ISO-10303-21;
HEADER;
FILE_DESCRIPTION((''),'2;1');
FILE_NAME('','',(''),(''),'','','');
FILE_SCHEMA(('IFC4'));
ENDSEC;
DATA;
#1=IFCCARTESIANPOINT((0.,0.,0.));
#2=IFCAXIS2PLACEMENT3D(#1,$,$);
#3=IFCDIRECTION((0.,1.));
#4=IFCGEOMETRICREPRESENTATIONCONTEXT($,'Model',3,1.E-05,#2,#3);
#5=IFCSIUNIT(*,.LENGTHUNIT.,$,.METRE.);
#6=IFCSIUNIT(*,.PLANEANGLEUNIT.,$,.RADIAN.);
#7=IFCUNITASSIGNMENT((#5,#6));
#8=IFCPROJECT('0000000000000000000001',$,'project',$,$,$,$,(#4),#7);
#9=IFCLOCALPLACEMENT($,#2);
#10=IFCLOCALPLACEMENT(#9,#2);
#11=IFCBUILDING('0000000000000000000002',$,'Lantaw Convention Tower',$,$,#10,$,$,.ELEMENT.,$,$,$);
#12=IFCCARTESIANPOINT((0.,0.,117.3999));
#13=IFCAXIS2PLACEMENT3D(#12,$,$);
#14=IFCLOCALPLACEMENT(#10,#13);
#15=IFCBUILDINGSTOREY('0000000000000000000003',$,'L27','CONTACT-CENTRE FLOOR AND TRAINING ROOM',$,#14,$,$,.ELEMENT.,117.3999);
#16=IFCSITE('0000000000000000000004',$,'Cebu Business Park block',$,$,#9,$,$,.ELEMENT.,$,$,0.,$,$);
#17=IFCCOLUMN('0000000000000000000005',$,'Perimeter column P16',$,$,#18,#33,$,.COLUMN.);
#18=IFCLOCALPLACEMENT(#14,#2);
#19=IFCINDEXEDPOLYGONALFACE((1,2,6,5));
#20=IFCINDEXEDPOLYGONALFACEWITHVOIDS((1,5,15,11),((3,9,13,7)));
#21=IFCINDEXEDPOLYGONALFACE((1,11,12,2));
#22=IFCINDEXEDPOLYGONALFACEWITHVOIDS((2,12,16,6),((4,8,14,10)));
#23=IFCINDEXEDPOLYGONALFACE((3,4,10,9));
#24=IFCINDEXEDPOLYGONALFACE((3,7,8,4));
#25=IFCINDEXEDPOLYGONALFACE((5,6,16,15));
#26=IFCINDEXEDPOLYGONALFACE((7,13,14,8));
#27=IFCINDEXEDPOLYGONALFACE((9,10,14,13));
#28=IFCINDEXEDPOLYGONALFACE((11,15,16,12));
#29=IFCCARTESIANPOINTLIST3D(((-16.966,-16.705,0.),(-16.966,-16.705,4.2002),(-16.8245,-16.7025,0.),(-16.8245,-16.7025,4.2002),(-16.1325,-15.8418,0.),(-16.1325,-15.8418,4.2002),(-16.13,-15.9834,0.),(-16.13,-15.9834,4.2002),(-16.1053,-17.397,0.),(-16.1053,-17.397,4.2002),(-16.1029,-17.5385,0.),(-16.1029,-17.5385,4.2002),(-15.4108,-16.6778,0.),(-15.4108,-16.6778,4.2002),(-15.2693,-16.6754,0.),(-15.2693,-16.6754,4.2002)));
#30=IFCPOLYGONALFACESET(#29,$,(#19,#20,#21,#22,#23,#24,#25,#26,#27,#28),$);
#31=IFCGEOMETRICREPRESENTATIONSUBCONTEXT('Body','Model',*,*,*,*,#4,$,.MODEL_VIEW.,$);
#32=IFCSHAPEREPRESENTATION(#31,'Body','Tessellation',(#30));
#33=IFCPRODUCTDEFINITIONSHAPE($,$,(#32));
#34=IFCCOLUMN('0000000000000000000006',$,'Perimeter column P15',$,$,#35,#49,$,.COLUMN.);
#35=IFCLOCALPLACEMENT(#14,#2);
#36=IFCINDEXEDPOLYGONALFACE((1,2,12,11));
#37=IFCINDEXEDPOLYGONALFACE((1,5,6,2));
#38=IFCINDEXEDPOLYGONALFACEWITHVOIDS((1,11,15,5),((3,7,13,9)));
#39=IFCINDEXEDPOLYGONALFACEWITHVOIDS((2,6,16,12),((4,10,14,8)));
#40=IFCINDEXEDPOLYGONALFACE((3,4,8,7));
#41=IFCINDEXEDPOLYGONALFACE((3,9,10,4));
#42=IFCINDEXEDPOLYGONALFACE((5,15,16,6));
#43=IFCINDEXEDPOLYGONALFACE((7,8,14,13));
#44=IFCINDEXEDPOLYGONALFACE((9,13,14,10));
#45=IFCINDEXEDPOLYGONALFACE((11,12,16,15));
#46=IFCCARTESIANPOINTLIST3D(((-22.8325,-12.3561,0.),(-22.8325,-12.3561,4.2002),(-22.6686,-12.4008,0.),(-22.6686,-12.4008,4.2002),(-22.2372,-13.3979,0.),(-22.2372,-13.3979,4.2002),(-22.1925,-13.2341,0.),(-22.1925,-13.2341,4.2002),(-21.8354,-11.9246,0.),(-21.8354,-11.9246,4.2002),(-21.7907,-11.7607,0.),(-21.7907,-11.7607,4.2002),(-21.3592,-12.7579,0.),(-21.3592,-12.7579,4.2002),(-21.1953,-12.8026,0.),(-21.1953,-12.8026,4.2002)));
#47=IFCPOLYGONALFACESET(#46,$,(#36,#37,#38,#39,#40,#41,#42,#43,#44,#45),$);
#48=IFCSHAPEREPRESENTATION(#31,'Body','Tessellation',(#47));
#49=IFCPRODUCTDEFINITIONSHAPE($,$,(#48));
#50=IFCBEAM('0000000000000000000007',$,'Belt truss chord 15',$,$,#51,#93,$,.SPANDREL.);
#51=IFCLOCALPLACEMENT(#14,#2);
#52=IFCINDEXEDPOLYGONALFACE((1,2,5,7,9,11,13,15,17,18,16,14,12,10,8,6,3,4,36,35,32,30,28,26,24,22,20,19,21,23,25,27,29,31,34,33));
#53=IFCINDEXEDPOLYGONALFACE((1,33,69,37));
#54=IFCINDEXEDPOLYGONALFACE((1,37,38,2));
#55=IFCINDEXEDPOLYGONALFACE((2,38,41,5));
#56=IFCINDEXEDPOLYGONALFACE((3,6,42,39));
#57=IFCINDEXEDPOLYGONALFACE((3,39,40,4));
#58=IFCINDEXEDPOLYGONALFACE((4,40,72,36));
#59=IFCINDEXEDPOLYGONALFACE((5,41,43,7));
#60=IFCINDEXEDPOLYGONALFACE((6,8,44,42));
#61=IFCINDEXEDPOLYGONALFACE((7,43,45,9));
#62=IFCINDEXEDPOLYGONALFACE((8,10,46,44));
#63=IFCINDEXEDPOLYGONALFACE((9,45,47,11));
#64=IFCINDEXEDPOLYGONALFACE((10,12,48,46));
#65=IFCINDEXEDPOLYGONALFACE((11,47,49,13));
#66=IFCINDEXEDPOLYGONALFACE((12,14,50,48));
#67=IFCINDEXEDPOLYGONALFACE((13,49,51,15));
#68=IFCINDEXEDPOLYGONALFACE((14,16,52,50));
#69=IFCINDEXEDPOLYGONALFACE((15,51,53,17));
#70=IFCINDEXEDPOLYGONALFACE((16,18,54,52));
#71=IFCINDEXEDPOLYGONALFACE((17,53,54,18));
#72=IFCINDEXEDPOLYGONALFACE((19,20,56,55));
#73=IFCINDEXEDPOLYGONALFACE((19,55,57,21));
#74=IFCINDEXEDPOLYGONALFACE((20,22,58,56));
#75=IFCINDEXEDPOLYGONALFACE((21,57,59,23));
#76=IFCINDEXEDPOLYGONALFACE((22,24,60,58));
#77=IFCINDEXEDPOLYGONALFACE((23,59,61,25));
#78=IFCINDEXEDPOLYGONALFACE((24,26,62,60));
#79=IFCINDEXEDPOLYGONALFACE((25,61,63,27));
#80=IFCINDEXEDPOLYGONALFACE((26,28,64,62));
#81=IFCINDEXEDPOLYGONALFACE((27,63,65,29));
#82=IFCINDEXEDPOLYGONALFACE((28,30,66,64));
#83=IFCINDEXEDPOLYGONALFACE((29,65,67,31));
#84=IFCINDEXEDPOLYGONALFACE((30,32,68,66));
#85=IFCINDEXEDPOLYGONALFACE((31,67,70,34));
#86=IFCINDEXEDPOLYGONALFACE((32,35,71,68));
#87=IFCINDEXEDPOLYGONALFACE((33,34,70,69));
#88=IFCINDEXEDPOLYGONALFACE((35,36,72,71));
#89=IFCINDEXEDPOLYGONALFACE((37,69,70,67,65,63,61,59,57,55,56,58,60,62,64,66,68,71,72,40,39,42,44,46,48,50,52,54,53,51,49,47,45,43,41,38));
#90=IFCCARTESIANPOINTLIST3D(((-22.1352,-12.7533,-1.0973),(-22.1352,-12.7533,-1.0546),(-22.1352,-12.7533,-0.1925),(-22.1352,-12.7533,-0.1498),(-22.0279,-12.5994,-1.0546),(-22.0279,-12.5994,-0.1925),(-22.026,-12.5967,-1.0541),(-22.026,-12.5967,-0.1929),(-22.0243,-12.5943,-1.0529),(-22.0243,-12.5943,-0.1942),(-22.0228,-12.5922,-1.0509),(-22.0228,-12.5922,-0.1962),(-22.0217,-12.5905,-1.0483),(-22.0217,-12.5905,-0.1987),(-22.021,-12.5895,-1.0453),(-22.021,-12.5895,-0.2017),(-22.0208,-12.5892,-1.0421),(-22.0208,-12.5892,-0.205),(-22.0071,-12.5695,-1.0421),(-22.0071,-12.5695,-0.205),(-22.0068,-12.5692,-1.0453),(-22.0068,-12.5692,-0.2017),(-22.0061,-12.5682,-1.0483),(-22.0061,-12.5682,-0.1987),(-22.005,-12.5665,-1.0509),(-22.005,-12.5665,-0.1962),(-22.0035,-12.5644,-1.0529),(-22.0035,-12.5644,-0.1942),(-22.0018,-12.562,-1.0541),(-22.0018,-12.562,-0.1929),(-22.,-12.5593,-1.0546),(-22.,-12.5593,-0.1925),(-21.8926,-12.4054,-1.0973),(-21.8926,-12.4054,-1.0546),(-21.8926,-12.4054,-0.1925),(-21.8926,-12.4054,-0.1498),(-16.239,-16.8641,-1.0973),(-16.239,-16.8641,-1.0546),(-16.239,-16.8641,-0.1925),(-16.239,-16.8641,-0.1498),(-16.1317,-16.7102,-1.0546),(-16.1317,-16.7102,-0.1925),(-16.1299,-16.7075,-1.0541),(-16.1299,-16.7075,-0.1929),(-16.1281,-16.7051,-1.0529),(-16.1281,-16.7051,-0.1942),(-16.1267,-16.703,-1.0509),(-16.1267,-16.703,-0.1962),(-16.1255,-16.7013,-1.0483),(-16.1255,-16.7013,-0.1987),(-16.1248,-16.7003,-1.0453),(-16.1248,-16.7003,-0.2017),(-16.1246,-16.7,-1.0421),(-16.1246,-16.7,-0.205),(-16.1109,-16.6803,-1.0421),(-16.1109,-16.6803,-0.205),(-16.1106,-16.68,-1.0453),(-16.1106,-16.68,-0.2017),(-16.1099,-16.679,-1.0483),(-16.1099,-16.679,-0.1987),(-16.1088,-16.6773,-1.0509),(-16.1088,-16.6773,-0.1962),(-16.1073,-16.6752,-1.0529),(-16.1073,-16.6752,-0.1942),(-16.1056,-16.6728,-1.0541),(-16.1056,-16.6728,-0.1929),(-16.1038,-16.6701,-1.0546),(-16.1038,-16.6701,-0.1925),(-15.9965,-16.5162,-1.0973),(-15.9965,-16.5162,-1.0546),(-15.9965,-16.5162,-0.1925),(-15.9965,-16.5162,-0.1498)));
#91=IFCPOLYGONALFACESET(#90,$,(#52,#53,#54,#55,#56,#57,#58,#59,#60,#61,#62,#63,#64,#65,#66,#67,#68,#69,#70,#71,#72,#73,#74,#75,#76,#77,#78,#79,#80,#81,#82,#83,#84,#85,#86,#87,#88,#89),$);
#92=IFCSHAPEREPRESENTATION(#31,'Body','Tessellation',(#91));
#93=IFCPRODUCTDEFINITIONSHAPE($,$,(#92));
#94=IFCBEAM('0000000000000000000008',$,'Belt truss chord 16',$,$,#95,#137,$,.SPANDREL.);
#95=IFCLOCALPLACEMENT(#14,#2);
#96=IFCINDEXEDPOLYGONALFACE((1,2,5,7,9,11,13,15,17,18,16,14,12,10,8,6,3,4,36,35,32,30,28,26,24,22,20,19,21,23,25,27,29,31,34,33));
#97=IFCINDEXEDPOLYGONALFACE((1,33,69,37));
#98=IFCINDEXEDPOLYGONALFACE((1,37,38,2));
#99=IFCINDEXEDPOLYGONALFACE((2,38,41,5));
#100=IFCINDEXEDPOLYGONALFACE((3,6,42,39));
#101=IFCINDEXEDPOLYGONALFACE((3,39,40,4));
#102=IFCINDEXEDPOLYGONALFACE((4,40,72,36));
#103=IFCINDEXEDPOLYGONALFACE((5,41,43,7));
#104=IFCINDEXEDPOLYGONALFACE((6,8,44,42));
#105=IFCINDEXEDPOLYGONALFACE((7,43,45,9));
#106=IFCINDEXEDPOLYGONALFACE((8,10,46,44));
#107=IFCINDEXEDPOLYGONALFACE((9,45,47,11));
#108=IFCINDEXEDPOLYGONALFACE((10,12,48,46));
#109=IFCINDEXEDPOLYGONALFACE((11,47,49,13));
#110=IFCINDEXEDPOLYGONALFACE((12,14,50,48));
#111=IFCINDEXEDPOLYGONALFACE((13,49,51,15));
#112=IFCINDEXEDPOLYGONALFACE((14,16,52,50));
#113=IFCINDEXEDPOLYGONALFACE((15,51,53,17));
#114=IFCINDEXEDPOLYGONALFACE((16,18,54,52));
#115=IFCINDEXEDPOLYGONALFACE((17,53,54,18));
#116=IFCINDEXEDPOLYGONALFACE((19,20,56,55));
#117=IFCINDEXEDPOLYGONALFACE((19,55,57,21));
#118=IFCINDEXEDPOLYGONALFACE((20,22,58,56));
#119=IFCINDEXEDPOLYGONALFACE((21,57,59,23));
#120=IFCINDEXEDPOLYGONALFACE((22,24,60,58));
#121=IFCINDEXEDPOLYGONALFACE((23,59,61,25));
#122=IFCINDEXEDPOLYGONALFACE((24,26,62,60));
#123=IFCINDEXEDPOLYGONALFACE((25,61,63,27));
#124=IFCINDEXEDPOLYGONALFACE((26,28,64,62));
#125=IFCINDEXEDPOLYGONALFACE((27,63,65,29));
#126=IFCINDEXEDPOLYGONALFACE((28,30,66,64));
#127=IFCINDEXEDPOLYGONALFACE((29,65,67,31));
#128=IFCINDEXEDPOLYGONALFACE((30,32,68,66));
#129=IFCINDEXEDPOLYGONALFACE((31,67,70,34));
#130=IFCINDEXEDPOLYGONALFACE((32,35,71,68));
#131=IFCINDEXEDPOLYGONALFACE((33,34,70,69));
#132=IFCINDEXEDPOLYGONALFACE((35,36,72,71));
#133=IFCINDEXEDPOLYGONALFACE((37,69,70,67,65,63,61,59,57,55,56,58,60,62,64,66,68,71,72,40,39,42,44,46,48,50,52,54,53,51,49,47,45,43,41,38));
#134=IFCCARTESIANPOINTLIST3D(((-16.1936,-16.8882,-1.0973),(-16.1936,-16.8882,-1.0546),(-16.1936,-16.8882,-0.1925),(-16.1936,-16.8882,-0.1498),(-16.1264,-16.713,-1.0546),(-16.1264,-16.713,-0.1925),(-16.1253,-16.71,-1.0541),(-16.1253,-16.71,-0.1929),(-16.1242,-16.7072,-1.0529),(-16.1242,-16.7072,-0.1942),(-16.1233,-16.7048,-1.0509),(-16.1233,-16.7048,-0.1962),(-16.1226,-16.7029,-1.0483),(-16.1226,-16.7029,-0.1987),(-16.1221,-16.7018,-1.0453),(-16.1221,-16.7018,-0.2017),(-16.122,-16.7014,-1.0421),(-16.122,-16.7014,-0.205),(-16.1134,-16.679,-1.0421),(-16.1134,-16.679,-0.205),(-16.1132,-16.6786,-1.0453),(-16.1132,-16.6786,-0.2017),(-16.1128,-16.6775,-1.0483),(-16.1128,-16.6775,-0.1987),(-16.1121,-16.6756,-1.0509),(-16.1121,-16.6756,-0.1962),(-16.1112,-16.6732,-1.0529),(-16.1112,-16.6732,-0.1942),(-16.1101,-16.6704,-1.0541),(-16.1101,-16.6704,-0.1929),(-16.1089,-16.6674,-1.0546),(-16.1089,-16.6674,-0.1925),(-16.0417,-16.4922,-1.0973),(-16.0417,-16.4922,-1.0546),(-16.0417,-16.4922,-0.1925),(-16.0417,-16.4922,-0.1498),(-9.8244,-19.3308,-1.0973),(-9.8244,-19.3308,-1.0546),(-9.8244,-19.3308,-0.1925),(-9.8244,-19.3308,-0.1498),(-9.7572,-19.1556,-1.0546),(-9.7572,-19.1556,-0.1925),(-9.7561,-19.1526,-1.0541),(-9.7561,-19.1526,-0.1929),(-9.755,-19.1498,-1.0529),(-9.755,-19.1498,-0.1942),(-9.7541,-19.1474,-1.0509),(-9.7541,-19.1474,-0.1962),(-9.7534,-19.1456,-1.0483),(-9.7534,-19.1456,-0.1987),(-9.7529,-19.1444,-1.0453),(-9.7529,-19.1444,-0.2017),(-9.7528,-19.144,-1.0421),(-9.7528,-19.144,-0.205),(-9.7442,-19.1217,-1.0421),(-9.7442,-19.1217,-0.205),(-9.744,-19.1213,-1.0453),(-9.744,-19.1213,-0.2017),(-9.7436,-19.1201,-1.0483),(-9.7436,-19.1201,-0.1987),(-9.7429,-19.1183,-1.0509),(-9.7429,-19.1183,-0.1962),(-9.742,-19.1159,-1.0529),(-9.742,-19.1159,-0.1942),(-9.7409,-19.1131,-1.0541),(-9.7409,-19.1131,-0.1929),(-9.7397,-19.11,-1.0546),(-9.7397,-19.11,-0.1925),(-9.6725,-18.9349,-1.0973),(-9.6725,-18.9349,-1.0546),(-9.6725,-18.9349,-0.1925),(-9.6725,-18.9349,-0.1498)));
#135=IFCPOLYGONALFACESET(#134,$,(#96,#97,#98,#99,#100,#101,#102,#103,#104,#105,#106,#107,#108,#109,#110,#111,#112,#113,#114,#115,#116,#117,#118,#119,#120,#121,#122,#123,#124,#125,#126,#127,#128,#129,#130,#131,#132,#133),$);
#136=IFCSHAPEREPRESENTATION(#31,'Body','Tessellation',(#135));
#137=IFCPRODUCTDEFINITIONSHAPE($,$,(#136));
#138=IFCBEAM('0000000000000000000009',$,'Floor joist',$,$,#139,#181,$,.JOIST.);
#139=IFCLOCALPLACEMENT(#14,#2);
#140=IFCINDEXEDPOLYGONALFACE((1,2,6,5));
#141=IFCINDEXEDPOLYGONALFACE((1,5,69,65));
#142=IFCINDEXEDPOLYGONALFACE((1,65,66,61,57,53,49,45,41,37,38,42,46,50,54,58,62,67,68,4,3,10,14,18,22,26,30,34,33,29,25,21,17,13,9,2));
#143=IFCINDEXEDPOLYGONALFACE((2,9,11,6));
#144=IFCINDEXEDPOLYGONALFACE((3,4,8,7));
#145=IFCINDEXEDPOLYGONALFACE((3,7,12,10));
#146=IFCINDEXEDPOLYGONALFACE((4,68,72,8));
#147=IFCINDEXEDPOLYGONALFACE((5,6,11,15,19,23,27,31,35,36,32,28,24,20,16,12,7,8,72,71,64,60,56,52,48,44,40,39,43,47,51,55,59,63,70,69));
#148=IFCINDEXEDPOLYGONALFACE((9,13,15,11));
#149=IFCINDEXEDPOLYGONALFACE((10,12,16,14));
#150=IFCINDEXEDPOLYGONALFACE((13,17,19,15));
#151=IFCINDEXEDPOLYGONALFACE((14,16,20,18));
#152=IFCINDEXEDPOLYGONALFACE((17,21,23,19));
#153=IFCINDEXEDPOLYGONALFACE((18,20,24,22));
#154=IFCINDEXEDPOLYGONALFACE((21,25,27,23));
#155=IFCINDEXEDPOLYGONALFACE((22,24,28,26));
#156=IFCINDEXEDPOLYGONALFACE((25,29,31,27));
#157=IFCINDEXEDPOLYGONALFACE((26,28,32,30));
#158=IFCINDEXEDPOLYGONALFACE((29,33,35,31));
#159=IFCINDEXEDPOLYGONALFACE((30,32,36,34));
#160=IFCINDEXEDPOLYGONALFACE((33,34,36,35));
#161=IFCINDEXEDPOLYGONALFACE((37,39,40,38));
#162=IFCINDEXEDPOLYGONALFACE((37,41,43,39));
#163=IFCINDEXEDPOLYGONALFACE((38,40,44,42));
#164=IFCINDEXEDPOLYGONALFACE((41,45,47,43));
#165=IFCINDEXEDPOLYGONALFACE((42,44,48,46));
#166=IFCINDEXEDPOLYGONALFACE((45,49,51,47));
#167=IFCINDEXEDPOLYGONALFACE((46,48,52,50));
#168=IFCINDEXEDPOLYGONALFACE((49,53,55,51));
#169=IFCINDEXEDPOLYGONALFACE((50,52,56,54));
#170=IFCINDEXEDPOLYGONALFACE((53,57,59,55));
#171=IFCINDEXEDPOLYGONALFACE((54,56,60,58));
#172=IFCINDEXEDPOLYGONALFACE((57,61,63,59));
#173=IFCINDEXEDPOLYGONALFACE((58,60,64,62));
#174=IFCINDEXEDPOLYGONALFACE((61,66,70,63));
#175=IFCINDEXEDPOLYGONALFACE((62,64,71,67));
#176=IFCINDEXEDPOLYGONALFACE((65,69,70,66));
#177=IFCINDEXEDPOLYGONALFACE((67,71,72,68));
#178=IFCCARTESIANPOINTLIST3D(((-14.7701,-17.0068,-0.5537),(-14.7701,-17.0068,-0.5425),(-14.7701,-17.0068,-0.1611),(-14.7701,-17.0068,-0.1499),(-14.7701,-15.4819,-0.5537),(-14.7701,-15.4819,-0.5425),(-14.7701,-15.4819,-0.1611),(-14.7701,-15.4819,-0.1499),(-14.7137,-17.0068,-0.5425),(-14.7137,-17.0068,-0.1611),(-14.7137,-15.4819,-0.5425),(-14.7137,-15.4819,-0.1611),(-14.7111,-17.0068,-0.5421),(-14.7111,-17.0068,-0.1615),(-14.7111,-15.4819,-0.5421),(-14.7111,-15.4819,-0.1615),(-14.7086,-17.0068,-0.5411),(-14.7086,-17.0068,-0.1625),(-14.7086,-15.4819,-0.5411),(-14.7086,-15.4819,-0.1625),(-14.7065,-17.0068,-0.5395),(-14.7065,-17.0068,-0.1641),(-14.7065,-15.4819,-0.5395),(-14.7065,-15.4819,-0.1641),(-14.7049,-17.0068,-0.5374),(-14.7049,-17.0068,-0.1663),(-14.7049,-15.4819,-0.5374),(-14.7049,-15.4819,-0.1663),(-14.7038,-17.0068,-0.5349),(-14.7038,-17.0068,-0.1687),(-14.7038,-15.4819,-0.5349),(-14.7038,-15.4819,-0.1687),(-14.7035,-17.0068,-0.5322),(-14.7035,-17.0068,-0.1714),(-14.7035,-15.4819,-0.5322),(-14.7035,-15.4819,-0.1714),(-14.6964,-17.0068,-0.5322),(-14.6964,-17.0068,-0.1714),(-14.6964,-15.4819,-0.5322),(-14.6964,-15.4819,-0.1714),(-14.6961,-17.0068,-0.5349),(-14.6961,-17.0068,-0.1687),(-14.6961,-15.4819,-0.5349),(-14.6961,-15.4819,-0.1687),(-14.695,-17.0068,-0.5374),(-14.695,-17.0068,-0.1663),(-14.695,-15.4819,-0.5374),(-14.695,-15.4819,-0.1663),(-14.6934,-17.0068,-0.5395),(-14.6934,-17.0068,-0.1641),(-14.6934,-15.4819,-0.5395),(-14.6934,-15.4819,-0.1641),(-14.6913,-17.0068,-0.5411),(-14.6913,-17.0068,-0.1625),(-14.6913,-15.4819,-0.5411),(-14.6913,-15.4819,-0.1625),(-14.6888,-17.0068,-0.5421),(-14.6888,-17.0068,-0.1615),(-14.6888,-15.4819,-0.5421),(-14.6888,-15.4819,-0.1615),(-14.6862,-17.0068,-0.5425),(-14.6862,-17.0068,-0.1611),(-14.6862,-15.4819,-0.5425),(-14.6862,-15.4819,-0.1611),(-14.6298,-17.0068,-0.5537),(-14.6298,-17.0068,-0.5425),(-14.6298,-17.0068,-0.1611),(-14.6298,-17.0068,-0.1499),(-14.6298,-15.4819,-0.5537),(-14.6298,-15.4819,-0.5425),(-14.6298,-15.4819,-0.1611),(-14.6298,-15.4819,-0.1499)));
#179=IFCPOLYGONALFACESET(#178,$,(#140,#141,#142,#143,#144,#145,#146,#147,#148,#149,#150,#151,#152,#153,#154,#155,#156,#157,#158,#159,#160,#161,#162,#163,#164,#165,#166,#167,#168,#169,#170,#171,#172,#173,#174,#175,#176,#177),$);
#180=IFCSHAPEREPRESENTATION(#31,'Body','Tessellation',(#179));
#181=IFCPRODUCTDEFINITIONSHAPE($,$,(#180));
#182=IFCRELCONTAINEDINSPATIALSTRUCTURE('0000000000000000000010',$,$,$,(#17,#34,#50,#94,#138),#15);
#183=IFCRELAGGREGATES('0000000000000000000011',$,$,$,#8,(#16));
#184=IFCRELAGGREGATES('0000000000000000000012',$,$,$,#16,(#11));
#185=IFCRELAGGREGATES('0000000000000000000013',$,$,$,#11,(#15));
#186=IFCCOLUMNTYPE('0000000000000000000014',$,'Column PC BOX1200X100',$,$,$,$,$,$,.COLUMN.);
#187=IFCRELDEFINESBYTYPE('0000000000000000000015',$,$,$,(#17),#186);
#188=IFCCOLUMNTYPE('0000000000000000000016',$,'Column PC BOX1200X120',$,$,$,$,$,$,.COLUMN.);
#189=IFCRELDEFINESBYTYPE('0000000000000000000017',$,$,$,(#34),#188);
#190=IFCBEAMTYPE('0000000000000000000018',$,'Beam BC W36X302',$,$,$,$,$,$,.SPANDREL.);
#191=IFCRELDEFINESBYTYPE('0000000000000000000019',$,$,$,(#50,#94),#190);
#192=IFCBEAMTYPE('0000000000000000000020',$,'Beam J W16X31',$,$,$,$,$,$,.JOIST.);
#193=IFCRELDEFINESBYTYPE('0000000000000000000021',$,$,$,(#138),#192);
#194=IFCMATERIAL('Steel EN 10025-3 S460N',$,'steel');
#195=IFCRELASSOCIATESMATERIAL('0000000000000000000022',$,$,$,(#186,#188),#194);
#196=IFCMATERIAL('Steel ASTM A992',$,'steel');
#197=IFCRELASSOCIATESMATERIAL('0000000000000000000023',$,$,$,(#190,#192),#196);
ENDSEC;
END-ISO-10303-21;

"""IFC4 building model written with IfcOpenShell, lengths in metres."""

from ifc_helpers import new_model, si_unit, direction, frame, origin, origin_2d, place, context, subcontext, project, spatial, rectangle, hollow_rectangle, i_section, extrude, material, material_profile, profile_set, type_object, element, save


model = new_model("IFC4")

# Units and contexts
model_context = context("Model", 3, precision=1e-05, world=origin(), true_north=direction((0.0, 1.0)))
body_context = subcontext(model_context, "Body", "Model", "MODEL_VIEW")
ifc_project = project(units=[si_unit("LENGTHUNIT", "METRE"), si_unit("PLANEANGLEUNIT", "RADIAN")], contexts=[model_context])

# Site, building, storey
site_placement = place(None, origin())
site = spatial("IfcSite", under=ifc_project, at=site_placement, Name="Cebu Business Park block", CompositionType="ELEMENT", RefElevation=0.0)
building_placement = place(site_placement, origin())
building = spatial("IfcBuilding", under=site, at=building_placement, Name="Lantaw Convention Tower", CompositionType="ELEMENT")
storey_placement = place(building_placement, frame((0.0, 0.0, 117.3999)))
storey = spatial("IfcBuildingStorey", under=building, at=storey_placement, Name="L27", Description="CONTACT-CENTRE FLOOR AND TRAINING ROOM", CompositionType="ELEMENT", Elevation=117.3999)

# Columns
ifc_material_1 = material(Name="Steel EN 10025-3 S460N", Category="steel")
ifc_material_profile_1 = material_profile(ifc_material_1, hollow_rectangle(XDim=1.2, YDim=1.2, WallThickness=0.1001, at=origin_2d()), Name="BOX1200X100")
ifc_material_2 = material(Name="Concrete C60/75", Category="concrete")
ifc_material_profile_2 = material_profile(ifc_material_2, rectangle(XDim=1.0, YDim=1.0, at=origin_2d()), Name="Concrete fill of BOX1200X100")
ifc_profile_set_1 = profile_set([ifc_material_profile_1, ifc_material_profile_2], Name="Steel EN 10025-3 S460N")
column_type_1 = type_object("IfcColumnType", Name="Column PC BOX1200X100", PredefinedType="COLUMN", material=ifc_profile_set_1)
column_1_placement = place(storey_placement, frame((-16.1177, -16.6902, 0.0), z_axis=(0.0, 0.0, 1.0), x_axis=(0.694658, 0.71934, 0.0)))
element("IfcColumn", 1, at=column_1_placement, inside=storey, type_object=column_type_1, Name="Perimeter column P16", PredefinedType="COLUMN", context=body_context, shape_type="SweptSolid", body=[
    extrude(hollow_rectangle(XDim=1.2, YDim=1.2, WallThickness=0.1001, at=origin_2d()), origin(), (0.0, 0.0, 1.0), 4.2002),
])
ifc_material_profile_3 = material_profile(ifc_material_1, hollow_rectangle(XDim=1.2, YDim=1.2, WallThickness=0.1201, at=origin_2d()), Name="BOX1200X120")
ifc_material_profile_4 = material_profile(ifc_material_2, rectangle(XDim=0.96, YDim=0.96, at=origin_2d()), Name="Concrete fill of BOX1200X120")
ifc_profile_set_2 = profile_set([ifc_material_profile_3, ifc_material_profile_4], Name="Steel EN 10025-3 S460N")
column_type_2 = type_object("IfcColumnType", Name="Column PC BOX1200X120", PredefinedType="COLUMN", material=ifc_profile_set_2)
column_2_placement = place(storey_placement, frame((-22.0139, -12.5793, 0.0), z_axis=(0.0, 0.0, 1.0), x_axis=(0.868243, 0.496139, 0.0)))
element("IfcColumn", 2, at=column_2_placement, inside=storey, type_object=column_type_2, Name="Perimeter column P15", PredefinedType="COLUMN", context=body_context, shape_type="SweptSolid", body=[
    extrude(hollow_rectangle(XDim=1.2, YDim=1.2, WallThickness=0.1201, at=origin_2d()), origin(), (0.0, 0.0, 1.0), 4.2002),
])

# Beams
ifc_material_3 = material(Name="Steel ASTM A992", Category="steel")
ifc_material_profile_5 = material_profile(ifc_material_3, i_section(OverallWidth=0.4241, OverallDepth=0.9475, WebThickness=0.0239, FlangeThickness=0.0427, FilletRadius=0.0125, at=origin_2d()), Name="W36X302")
ifc_profile_set_3 = profile_set([ifc_material_profile_5], Name="Steel ASTM A992")
beam_type_1 = type_object("IfcBeamType", Name="Beam BC W36X302", PredefinedType="SPANDREL", material=ifc_profile_set_3)
beam_1_placement = place(storey_placement, frame((-22.0139, -12.5793, -0.6235), z_axis=(0.820311, -0.571918, 0.0), x_axis=(0.571918, 0.820311, 0.0)))
element("IfcBeam", 3, at=beam_1_placement, inside=storey, type_object=beam_type_1, Name="Belt truss chord 15", PredefinedType="SPANDREL", context=body_context, shape_type="SweptSolid", body=[
    extrude(i_section(OverallWidth=0.4241, OverallDepth=0.9475, WebThickness=0.0239, FlangeThickness=0.0427, FilletRadius=0.0125, at=origin_2d()), origin(), (0.0, 0.0, 1.0), 7.1877),
])
beam_2_placement = place(storey_placement, frame((-16.1177, -16.6902, -0.6235), z_axis=(0.933691, -0.35808, 0.0), x_axis=(0.35808, 0.933691, 0.0)))
element("IfcBeam", 4, at=beam_2_placement, inside=storey, type_object=beam_type_1, Name="Belt truss chord 16", PredefinedType="SPANDREL", context=body_context, shape_type="SweptSolid", body=[
    extrude(i_section(OverallWidth=0.4241, OverallDepth=0.9475, WebThickness=0.0239, FlangeThickness=0.0427, FilletRadius=0.0125, at=origin_2d()), origin(), (0.0, 0.0, 1.0), 6.8215),
])
ifc_material_profile_6 = material_profile(ifc_material_3, i_section(OverallWidth=0.1404, OverallDepth=0.4038, WebThickness=0.0071, FlangeThickness=0.0112, FilletRadius=0.0103, at=origin_2d()), Name="W16X31")
ifc_profile_set_4 = profile_set([ifc_material_profile_6], Name="Steel ASTM A992")
beam_type_2 = type_object("IfcBeamType", Name="Beam J W16X31", PredefinedType="JOIST", material=ifc_profile_set_4)
beam_3_placement = place(storey_placement, frame((-14.7, -17.0068, -0.3518), z_axis=(0.0, 1.0, 0.0), x_axis=(-1.0, 0.0, 0.0)))
element("IfcBeam", 5, at=beam_3_placement, inside=storey, type_object=beam_type_2, Name="Floor joist", PredefinedType="JOIST", context=body_context, shape_type="SweptSolid", body=[
    extrude(i_section(OverallWidth=0.1404, OverallDepth=0.4038, WebThickness=0.0071, FlangeThickness=0.0112, FilletRadius=0.0103, at=origin_2d()), origin(), (0.0, 0.0, 1.0), 1.5249),
])

save(model, "model.ifc")
